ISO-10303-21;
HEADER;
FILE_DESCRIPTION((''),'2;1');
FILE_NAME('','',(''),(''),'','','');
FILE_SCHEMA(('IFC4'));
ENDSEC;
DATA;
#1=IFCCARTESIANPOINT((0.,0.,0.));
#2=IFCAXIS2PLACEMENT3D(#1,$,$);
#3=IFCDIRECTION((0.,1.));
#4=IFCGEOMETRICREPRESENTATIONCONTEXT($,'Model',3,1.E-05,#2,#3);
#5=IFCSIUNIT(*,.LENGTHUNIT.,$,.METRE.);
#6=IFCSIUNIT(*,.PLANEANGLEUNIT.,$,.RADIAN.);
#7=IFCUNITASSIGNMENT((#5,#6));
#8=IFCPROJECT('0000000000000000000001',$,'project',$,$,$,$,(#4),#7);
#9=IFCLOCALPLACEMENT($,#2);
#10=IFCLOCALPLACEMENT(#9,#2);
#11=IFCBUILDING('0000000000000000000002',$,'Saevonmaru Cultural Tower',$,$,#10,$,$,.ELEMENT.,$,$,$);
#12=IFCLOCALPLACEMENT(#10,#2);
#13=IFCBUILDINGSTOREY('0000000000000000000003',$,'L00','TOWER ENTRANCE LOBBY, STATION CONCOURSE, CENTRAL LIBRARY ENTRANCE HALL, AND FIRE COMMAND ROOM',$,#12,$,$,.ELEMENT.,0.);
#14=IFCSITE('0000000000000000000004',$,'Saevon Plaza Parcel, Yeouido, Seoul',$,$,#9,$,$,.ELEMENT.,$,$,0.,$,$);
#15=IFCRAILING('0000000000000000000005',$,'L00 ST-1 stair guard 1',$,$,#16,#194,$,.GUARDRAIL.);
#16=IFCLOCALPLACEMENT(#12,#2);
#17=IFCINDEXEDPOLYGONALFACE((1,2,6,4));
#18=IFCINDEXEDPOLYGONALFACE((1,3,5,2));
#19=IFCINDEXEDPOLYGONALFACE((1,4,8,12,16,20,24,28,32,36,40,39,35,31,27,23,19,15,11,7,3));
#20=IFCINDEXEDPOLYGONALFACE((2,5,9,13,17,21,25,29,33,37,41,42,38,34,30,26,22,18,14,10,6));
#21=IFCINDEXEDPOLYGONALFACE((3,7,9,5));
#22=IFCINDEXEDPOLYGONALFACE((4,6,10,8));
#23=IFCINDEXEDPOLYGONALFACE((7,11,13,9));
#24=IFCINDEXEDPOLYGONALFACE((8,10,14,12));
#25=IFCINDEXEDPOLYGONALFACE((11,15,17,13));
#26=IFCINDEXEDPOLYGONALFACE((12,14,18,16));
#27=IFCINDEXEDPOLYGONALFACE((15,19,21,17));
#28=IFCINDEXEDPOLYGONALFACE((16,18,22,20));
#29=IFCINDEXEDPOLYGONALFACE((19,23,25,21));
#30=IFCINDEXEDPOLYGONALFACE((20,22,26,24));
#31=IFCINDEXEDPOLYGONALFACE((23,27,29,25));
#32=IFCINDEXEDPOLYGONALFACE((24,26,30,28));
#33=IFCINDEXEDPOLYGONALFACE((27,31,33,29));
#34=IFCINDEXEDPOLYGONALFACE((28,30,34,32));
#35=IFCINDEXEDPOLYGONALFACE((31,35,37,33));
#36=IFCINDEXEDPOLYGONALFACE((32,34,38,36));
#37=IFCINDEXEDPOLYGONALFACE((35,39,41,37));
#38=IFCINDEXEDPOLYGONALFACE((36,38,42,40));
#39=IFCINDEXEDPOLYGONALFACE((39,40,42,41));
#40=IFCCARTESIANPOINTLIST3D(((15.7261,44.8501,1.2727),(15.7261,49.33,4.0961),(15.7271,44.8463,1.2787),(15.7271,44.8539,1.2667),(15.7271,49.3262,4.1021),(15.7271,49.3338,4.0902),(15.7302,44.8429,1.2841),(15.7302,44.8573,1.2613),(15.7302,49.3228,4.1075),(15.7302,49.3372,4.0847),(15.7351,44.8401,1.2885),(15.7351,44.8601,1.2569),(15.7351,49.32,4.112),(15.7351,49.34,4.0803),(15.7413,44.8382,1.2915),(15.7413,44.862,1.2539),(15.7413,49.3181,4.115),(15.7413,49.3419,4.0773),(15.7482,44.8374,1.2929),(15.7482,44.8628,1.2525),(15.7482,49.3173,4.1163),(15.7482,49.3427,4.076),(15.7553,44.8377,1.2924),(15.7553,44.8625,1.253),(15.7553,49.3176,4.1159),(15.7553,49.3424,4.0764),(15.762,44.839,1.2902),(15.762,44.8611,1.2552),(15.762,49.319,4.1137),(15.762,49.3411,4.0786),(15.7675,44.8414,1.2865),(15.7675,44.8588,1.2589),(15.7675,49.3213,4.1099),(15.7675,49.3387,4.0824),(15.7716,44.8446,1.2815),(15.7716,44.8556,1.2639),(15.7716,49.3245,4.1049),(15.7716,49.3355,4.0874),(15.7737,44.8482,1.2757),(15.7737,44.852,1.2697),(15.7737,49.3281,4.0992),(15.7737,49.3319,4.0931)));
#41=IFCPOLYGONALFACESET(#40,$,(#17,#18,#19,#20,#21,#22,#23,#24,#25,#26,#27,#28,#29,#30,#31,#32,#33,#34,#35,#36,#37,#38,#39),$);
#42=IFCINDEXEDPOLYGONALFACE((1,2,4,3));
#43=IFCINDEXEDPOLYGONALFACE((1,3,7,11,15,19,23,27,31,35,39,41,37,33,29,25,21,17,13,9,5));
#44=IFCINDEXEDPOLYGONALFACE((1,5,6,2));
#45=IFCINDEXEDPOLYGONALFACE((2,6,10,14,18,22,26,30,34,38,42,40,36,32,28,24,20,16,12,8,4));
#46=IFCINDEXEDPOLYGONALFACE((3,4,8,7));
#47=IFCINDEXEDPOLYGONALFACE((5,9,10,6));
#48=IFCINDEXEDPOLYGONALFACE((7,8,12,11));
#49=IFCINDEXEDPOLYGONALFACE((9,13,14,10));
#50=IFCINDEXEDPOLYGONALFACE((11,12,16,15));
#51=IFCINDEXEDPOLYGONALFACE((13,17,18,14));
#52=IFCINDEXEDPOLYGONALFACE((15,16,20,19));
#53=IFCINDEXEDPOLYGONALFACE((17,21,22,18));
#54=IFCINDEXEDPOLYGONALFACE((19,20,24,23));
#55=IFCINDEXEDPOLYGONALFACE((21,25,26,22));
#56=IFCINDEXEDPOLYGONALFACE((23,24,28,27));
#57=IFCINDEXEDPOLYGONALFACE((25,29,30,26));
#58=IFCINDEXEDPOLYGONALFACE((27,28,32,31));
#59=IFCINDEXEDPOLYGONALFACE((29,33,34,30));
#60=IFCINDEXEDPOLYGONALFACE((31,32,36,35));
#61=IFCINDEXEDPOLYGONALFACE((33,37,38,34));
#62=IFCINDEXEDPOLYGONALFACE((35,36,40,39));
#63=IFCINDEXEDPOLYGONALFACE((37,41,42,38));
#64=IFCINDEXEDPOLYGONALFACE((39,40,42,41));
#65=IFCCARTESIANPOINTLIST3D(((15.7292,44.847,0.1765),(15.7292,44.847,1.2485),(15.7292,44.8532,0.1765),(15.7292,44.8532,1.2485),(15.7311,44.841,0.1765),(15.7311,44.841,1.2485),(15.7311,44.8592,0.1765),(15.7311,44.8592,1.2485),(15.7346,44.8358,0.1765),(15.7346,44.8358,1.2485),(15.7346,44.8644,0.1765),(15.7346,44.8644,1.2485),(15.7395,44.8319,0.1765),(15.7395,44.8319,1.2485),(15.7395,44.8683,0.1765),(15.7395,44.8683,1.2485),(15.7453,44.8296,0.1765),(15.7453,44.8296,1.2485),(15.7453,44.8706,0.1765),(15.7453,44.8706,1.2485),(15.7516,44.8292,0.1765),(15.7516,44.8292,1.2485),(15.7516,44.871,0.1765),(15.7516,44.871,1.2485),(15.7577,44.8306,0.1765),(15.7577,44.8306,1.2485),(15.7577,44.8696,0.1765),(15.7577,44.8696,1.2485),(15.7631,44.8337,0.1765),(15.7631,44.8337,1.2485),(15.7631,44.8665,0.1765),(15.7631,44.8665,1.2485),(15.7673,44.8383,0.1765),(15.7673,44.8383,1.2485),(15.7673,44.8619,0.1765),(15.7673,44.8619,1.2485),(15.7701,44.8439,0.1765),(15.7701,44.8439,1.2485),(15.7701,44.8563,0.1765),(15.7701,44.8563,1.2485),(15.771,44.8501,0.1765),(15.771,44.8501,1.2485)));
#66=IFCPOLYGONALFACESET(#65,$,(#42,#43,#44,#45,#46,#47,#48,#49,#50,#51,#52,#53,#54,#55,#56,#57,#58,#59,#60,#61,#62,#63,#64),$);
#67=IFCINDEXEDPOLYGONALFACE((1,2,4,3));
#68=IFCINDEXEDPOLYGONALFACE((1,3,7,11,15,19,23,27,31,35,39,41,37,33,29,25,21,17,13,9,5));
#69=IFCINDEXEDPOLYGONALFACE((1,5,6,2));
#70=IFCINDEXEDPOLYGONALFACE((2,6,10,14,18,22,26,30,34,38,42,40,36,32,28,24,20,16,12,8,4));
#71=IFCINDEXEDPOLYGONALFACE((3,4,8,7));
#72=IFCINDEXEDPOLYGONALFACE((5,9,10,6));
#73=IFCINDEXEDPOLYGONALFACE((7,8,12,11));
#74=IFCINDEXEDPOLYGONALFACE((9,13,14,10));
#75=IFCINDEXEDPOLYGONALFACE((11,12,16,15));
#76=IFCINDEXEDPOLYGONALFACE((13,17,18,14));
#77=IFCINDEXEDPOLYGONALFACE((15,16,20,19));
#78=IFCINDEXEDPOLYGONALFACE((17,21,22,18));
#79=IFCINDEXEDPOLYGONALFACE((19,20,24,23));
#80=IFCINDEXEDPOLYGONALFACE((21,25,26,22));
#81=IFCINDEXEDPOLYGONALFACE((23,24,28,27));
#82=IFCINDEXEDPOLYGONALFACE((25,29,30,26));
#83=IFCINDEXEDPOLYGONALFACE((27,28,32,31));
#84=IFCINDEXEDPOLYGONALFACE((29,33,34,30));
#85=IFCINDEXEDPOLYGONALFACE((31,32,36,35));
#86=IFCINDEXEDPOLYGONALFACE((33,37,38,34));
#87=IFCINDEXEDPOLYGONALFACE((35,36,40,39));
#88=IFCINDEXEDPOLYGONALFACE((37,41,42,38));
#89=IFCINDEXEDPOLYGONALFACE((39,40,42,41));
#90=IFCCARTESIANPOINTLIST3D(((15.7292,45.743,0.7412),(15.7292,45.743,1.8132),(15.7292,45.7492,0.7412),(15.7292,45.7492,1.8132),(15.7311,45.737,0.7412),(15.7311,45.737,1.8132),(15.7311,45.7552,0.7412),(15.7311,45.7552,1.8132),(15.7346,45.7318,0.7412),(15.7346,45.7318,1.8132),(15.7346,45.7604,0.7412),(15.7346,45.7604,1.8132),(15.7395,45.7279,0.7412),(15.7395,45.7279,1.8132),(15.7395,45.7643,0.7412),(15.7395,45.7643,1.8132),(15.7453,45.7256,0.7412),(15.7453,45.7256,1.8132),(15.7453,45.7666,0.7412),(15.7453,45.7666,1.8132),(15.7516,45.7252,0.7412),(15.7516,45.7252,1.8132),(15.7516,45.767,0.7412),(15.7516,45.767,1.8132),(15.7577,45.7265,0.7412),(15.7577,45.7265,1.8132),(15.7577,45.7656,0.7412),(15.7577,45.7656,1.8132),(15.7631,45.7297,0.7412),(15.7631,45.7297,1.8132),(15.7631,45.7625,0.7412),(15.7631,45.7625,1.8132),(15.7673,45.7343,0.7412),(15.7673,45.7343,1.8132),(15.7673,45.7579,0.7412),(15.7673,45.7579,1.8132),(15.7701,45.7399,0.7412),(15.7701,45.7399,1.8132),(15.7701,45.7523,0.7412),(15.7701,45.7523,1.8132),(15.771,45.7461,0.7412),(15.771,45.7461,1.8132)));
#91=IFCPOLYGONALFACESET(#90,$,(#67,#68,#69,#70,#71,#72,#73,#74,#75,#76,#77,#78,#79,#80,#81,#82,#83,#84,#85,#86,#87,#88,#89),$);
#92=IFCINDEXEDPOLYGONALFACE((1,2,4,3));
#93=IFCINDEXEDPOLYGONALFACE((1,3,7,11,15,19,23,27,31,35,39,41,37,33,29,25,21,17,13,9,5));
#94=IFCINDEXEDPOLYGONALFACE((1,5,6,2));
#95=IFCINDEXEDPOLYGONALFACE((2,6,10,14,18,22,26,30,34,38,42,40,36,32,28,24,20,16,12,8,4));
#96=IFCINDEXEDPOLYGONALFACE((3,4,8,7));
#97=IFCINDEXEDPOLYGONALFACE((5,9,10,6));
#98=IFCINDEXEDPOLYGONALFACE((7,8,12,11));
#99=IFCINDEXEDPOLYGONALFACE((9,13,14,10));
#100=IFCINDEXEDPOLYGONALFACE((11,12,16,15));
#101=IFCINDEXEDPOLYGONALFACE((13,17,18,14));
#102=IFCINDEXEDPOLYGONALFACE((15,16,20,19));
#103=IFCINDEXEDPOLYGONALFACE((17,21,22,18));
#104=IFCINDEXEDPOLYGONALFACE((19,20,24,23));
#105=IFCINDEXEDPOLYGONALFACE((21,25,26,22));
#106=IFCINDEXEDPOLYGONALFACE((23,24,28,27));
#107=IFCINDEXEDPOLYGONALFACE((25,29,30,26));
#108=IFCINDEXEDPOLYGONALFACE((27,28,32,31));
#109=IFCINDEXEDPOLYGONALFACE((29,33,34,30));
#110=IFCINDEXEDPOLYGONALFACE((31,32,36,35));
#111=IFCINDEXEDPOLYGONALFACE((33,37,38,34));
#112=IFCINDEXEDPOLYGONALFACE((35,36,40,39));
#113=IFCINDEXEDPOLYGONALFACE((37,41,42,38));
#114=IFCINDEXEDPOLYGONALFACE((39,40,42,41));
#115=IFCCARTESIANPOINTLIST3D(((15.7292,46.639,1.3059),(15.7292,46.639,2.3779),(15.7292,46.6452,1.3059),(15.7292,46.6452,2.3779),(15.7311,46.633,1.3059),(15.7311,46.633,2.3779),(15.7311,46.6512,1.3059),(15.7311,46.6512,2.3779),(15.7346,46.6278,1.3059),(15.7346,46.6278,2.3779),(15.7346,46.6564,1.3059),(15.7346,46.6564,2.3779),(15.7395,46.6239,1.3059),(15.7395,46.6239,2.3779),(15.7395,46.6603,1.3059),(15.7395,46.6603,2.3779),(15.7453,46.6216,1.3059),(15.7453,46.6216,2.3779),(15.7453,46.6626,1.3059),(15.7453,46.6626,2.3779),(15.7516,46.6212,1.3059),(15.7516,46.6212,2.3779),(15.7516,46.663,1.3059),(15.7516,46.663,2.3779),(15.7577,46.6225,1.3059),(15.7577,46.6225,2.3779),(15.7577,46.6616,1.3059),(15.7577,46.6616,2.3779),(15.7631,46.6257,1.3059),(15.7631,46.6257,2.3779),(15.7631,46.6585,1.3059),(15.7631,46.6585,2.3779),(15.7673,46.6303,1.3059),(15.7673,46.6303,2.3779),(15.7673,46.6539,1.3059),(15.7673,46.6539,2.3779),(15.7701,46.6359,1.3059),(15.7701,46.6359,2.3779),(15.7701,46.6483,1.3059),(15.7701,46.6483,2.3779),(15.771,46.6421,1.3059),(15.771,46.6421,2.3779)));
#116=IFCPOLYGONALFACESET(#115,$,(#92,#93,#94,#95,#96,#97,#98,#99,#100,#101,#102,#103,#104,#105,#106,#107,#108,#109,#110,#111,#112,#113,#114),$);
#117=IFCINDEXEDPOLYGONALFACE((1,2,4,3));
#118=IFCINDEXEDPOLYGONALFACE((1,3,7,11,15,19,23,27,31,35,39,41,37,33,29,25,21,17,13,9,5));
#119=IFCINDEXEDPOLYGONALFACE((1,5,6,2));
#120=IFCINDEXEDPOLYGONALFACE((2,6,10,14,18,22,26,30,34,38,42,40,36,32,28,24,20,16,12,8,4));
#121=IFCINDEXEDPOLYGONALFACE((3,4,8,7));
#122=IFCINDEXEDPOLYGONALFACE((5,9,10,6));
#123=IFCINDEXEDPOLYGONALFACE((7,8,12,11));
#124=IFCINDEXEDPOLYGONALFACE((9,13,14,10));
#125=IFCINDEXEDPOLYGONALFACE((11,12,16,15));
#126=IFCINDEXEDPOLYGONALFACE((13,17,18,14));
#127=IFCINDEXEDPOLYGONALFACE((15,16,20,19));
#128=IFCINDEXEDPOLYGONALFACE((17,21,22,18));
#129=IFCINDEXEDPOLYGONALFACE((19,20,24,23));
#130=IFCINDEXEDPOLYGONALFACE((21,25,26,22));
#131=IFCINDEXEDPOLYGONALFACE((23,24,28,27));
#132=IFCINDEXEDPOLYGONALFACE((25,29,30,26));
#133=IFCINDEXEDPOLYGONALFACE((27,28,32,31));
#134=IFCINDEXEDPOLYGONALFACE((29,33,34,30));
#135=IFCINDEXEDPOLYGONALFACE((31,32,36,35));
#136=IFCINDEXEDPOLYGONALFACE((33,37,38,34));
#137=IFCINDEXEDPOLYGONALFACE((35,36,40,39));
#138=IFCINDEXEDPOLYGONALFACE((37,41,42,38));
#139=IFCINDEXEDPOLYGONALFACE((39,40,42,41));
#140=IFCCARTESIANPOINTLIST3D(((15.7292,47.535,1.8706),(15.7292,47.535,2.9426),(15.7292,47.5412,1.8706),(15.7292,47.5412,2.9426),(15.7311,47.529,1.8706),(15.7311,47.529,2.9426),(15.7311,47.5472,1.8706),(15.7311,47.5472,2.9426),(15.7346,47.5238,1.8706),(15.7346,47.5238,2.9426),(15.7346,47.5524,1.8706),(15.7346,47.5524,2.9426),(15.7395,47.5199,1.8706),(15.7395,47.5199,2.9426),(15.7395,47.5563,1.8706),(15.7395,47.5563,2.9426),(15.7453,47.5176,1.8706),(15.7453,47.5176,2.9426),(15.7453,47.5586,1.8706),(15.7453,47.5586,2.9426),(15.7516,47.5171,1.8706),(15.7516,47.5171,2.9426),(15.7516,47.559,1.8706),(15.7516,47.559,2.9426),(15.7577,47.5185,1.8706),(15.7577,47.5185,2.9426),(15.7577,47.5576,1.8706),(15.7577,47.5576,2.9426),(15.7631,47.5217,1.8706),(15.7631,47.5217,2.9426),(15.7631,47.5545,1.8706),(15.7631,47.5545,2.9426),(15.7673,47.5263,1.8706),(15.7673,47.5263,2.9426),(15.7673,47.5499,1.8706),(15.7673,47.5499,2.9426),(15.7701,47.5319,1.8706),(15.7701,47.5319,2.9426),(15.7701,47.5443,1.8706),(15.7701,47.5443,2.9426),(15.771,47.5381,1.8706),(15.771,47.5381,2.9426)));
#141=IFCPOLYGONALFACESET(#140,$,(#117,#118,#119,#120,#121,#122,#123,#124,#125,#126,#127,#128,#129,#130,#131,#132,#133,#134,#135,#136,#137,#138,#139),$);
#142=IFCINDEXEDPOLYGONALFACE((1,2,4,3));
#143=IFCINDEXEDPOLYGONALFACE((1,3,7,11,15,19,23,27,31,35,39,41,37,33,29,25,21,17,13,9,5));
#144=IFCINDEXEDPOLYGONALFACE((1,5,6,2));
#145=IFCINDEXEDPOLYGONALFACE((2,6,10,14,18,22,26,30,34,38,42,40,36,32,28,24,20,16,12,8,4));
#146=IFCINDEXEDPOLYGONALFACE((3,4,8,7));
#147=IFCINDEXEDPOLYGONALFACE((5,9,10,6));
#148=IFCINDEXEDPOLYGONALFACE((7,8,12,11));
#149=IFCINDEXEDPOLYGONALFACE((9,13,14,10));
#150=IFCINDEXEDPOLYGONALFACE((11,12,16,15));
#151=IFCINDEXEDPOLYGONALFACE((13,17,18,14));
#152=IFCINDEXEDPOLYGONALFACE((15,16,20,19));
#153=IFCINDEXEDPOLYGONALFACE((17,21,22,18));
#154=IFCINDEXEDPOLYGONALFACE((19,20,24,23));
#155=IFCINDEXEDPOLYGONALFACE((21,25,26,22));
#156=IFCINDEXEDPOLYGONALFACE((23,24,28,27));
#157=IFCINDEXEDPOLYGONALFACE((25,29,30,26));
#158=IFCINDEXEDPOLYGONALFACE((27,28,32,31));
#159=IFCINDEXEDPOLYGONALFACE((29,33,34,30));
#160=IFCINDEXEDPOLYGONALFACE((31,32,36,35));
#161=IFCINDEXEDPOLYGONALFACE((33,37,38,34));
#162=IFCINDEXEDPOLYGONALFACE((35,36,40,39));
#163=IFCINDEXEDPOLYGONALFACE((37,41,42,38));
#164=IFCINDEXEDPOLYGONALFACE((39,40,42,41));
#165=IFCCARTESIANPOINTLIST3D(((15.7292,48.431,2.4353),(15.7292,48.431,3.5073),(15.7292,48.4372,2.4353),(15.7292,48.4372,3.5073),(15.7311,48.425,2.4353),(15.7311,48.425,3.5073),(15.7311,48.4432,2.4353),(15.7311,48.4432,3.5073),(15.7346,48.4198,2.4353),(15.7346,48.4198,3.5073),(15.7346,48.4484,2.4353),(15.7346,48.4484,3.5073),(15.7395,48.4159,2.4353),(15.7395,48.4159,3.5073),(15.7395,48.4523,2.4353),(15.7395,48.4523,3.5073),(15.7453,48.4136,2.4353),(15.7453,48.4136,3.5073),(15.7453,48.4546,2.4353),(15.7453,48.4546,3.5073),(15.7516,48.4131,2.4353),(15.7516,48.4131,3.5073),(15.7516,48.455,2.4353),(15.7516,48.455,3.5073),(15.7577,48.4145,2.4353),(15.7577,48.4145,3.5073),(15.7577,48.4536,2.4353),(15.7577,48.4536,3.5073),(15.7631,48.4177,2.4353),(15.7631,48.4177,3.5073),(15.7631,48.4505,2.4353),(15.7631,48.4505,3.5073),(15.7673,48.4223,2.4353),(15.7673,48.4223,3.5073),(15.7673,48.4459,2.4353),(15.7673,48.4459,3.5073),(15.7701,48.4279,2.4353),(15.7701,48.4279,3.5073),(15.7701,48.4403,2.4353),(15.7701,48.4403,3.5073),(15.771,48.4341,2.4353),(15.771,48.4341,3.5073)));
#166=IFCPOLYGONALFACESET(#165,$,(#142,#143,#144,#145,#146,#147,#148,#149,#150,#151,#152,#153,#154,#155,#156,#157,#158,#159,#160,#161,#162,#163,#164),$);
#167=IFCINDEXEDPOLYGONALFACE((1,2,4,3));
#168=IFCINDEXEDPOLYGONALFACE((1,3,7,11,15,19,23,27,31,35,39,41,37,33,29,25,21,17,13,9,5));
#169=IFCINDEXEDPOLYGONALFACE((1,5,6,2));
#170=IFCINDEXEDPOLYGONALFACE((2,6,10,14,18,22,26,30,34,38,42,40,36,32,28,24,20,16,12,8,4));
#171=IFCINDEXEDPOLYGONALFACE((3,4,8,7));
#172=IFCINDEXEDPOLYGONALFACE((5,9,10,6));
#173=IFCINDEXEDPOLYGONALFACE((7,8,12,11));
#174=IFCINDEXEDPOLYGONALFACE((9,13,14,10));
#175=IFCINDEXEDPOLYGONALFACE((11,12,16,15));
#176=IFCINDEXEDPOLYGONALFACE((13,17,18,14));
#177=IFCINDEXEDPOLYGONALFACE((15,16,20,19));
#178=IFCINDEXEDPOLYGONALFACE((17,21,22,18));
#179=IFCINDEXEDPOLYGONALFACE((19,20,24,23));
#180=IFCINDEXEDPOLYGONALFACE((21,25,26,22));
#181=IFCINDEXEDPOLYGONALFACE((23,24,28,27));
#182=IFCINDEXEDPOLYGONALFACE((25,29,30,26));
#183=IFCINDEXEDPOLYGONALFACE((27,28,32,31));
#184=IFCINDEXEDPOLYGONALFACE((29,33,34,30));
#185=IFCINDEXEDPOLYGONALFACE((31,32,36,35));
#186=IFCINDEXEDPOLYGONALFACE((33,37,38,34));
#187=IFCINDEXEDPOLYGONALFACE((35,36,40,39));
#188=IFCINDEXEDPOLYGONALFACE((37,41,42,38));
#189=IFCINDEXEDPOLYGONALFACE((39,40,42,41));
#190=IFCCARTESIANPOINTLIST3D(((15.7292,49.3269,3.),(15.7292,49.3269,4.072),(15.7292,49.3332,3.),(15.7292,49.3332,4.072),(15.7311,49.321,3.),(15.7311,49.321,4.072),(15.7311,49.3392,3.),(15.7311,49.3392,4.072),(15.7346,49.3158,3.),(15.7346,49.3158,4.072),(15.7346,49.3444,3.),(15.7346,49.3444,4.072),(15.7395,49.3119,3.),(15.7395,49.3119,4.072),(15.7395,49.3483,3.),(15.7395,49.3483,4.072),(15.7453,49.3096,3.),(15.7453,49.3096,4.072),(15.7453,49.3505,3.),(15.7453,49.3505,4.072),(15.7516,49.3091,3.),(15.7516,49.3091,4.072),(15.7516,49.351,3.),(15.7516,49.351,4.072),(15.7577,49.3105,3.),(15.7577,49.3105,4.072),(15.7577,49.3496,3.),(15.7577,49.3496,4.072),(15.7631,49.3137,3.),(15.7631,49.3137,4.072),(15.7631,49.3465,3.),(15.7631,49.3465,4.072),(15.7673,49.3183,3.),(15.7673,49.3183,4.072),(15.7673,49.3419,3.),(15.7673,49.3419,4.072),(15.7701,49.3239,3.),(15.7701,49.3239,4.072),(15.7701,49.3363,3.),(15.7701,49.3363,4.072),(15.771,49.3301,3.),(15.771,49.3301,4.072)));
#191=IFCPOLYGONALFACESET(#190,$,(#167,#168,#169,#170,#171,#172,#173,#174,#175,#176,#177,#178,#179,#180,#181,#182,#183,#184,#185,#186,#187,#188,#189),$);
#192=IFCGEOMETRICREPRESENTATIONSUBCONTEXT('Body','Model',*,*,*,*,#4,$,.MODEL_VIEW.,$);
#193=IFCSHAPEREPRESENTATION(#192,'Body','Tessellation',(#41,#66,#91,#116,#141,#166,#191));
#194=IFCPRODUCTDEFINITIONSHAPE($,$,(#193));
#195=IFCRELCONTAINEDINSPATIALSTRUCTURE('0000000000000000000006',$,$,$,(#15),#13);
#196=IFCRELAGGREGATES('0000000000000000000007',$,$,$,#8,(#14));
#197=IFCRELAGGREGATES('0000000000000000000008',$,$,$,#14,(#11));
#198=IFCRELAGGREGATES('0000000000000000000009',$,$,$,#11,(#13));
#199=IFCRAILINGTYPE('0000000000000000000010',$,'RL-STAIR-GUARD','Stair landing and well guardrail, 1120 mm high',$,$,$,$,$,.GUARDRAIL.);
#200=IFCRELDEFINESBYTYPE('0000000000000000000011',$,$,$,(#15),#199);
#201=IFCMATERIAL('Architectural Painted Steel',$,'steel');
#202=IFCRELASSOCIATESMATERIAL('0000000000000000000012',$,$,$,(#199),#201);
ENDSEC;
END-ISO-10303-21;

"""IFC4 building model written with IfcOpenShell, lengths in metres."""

from ifc_helpers import new_model, si_unit, direction, frame, origin, origin_2d, place, context, subcontext, project, spatial, circle, extrude, material, type_object, element, save


model = new_model("IFC4")

# Units and contexts
model_context = context("Model", 3, precision=1e-05, world=origin(), true_north=direction((0.0, 1.0)))
body_context = subcontext(model_context, "Body", "Model", "MODEL_VIEW")
ifc_project = project(units=[si_unit("LENGTHUNIT", "METRE"), si_unit("PLANEANGLEUNIT", "RADIAN")], contexts=[model_context])

# Site, building, storey
site_placement = place(None, origin())
site = spatial("IfcSite", under=ifc_project, at=site_placement, Name="Saevon Plaza Parcel, Yeouido, Seoul", CompositionType="ELEMENT", RefElevation=0.0)
building_placement = place(site_placement, origin())
building = spatial("IfcBuilding", under=site, at=building_placement, Name="Saevonmaru Cultural Tower", CompositionType="ELEMENT")
storey_placement = place(building_placement, origin())
storey = spatial("IfcBuildingStorey", under=building, at=storey_placement, Name="L00", Description="TOWER ENTRANCE LOBBY, STATION CONCOURSE, CENTRAL LIBRARY ENTRANCE HALL, AND FIRE COMMAND ROOM", CompositionType="ELEMENT", Elevation=0.0)

# Railing
ifc_material_1 = material(Name="Architectural Painted Steel", Category="steel")
railing_type_1 = type_object("IfcRailingType", Name="RL-STAIR-GUARD", Description="Stair landing and well guardrail, 1120 mm high", PredefinedType="GUARDRAIL", material=ifc_material_1)
railing_1_placement = place(storey_placement, frame((15.75, 44.8501, 0.1765)))
element("IfcRailing", 1, at=railing_1_placement, inside=storey, type_object=railing_type_1, Name="L00 ST-1 stair guard 1", PredefinedType="GUARDRAIL", context=body_context, shape_type="SweptSolid", body=[
    extrude(circle(Radius=0.0239, at=origin_2d()), frame((0.0, 0.0, 1.0962), z_axis=(0.0, 0.845998, 0.533186), x_axis=(-1.0, 0.0, 0.0)), (0.0, 0.0, 1.0), 5.2954),
    extrude(circle(Radius=0.021, at=origin_2d()), origin(), (0.0, 0.0, 1.0), 1.072),
    extrude(circle(Radius=0.021, at=origin_2d()), frame((0.0, 0.896, 0.5647)), (0.0, 0.0, 1.0), 1.072),
    extrude(circle(Radius=0.021, at=origin_2d()), frame((0.0, 1.792, 1.1294)), (0.0, 0.0, 1.0), 1.072),
    extrude(circle(Radius=0.021, at=origin_2d()), frame((0.0, 2.688, 1.6941)), (0.0, 0.0, 1.0), 1.072),
    extrude(circle(Radius=0.021, at=origin_2d()), frame((0.0, 3.584, 2.2588)), (0.0, 0.0, 1.0), 1.072),
    extrude(circle(Radius=0.021, at=origin_2d()), frame((0.0, 4.48, 2.8235)), (0.0, 0.0, 1.0), 1.072),
])

save(model, "model.ifc")
